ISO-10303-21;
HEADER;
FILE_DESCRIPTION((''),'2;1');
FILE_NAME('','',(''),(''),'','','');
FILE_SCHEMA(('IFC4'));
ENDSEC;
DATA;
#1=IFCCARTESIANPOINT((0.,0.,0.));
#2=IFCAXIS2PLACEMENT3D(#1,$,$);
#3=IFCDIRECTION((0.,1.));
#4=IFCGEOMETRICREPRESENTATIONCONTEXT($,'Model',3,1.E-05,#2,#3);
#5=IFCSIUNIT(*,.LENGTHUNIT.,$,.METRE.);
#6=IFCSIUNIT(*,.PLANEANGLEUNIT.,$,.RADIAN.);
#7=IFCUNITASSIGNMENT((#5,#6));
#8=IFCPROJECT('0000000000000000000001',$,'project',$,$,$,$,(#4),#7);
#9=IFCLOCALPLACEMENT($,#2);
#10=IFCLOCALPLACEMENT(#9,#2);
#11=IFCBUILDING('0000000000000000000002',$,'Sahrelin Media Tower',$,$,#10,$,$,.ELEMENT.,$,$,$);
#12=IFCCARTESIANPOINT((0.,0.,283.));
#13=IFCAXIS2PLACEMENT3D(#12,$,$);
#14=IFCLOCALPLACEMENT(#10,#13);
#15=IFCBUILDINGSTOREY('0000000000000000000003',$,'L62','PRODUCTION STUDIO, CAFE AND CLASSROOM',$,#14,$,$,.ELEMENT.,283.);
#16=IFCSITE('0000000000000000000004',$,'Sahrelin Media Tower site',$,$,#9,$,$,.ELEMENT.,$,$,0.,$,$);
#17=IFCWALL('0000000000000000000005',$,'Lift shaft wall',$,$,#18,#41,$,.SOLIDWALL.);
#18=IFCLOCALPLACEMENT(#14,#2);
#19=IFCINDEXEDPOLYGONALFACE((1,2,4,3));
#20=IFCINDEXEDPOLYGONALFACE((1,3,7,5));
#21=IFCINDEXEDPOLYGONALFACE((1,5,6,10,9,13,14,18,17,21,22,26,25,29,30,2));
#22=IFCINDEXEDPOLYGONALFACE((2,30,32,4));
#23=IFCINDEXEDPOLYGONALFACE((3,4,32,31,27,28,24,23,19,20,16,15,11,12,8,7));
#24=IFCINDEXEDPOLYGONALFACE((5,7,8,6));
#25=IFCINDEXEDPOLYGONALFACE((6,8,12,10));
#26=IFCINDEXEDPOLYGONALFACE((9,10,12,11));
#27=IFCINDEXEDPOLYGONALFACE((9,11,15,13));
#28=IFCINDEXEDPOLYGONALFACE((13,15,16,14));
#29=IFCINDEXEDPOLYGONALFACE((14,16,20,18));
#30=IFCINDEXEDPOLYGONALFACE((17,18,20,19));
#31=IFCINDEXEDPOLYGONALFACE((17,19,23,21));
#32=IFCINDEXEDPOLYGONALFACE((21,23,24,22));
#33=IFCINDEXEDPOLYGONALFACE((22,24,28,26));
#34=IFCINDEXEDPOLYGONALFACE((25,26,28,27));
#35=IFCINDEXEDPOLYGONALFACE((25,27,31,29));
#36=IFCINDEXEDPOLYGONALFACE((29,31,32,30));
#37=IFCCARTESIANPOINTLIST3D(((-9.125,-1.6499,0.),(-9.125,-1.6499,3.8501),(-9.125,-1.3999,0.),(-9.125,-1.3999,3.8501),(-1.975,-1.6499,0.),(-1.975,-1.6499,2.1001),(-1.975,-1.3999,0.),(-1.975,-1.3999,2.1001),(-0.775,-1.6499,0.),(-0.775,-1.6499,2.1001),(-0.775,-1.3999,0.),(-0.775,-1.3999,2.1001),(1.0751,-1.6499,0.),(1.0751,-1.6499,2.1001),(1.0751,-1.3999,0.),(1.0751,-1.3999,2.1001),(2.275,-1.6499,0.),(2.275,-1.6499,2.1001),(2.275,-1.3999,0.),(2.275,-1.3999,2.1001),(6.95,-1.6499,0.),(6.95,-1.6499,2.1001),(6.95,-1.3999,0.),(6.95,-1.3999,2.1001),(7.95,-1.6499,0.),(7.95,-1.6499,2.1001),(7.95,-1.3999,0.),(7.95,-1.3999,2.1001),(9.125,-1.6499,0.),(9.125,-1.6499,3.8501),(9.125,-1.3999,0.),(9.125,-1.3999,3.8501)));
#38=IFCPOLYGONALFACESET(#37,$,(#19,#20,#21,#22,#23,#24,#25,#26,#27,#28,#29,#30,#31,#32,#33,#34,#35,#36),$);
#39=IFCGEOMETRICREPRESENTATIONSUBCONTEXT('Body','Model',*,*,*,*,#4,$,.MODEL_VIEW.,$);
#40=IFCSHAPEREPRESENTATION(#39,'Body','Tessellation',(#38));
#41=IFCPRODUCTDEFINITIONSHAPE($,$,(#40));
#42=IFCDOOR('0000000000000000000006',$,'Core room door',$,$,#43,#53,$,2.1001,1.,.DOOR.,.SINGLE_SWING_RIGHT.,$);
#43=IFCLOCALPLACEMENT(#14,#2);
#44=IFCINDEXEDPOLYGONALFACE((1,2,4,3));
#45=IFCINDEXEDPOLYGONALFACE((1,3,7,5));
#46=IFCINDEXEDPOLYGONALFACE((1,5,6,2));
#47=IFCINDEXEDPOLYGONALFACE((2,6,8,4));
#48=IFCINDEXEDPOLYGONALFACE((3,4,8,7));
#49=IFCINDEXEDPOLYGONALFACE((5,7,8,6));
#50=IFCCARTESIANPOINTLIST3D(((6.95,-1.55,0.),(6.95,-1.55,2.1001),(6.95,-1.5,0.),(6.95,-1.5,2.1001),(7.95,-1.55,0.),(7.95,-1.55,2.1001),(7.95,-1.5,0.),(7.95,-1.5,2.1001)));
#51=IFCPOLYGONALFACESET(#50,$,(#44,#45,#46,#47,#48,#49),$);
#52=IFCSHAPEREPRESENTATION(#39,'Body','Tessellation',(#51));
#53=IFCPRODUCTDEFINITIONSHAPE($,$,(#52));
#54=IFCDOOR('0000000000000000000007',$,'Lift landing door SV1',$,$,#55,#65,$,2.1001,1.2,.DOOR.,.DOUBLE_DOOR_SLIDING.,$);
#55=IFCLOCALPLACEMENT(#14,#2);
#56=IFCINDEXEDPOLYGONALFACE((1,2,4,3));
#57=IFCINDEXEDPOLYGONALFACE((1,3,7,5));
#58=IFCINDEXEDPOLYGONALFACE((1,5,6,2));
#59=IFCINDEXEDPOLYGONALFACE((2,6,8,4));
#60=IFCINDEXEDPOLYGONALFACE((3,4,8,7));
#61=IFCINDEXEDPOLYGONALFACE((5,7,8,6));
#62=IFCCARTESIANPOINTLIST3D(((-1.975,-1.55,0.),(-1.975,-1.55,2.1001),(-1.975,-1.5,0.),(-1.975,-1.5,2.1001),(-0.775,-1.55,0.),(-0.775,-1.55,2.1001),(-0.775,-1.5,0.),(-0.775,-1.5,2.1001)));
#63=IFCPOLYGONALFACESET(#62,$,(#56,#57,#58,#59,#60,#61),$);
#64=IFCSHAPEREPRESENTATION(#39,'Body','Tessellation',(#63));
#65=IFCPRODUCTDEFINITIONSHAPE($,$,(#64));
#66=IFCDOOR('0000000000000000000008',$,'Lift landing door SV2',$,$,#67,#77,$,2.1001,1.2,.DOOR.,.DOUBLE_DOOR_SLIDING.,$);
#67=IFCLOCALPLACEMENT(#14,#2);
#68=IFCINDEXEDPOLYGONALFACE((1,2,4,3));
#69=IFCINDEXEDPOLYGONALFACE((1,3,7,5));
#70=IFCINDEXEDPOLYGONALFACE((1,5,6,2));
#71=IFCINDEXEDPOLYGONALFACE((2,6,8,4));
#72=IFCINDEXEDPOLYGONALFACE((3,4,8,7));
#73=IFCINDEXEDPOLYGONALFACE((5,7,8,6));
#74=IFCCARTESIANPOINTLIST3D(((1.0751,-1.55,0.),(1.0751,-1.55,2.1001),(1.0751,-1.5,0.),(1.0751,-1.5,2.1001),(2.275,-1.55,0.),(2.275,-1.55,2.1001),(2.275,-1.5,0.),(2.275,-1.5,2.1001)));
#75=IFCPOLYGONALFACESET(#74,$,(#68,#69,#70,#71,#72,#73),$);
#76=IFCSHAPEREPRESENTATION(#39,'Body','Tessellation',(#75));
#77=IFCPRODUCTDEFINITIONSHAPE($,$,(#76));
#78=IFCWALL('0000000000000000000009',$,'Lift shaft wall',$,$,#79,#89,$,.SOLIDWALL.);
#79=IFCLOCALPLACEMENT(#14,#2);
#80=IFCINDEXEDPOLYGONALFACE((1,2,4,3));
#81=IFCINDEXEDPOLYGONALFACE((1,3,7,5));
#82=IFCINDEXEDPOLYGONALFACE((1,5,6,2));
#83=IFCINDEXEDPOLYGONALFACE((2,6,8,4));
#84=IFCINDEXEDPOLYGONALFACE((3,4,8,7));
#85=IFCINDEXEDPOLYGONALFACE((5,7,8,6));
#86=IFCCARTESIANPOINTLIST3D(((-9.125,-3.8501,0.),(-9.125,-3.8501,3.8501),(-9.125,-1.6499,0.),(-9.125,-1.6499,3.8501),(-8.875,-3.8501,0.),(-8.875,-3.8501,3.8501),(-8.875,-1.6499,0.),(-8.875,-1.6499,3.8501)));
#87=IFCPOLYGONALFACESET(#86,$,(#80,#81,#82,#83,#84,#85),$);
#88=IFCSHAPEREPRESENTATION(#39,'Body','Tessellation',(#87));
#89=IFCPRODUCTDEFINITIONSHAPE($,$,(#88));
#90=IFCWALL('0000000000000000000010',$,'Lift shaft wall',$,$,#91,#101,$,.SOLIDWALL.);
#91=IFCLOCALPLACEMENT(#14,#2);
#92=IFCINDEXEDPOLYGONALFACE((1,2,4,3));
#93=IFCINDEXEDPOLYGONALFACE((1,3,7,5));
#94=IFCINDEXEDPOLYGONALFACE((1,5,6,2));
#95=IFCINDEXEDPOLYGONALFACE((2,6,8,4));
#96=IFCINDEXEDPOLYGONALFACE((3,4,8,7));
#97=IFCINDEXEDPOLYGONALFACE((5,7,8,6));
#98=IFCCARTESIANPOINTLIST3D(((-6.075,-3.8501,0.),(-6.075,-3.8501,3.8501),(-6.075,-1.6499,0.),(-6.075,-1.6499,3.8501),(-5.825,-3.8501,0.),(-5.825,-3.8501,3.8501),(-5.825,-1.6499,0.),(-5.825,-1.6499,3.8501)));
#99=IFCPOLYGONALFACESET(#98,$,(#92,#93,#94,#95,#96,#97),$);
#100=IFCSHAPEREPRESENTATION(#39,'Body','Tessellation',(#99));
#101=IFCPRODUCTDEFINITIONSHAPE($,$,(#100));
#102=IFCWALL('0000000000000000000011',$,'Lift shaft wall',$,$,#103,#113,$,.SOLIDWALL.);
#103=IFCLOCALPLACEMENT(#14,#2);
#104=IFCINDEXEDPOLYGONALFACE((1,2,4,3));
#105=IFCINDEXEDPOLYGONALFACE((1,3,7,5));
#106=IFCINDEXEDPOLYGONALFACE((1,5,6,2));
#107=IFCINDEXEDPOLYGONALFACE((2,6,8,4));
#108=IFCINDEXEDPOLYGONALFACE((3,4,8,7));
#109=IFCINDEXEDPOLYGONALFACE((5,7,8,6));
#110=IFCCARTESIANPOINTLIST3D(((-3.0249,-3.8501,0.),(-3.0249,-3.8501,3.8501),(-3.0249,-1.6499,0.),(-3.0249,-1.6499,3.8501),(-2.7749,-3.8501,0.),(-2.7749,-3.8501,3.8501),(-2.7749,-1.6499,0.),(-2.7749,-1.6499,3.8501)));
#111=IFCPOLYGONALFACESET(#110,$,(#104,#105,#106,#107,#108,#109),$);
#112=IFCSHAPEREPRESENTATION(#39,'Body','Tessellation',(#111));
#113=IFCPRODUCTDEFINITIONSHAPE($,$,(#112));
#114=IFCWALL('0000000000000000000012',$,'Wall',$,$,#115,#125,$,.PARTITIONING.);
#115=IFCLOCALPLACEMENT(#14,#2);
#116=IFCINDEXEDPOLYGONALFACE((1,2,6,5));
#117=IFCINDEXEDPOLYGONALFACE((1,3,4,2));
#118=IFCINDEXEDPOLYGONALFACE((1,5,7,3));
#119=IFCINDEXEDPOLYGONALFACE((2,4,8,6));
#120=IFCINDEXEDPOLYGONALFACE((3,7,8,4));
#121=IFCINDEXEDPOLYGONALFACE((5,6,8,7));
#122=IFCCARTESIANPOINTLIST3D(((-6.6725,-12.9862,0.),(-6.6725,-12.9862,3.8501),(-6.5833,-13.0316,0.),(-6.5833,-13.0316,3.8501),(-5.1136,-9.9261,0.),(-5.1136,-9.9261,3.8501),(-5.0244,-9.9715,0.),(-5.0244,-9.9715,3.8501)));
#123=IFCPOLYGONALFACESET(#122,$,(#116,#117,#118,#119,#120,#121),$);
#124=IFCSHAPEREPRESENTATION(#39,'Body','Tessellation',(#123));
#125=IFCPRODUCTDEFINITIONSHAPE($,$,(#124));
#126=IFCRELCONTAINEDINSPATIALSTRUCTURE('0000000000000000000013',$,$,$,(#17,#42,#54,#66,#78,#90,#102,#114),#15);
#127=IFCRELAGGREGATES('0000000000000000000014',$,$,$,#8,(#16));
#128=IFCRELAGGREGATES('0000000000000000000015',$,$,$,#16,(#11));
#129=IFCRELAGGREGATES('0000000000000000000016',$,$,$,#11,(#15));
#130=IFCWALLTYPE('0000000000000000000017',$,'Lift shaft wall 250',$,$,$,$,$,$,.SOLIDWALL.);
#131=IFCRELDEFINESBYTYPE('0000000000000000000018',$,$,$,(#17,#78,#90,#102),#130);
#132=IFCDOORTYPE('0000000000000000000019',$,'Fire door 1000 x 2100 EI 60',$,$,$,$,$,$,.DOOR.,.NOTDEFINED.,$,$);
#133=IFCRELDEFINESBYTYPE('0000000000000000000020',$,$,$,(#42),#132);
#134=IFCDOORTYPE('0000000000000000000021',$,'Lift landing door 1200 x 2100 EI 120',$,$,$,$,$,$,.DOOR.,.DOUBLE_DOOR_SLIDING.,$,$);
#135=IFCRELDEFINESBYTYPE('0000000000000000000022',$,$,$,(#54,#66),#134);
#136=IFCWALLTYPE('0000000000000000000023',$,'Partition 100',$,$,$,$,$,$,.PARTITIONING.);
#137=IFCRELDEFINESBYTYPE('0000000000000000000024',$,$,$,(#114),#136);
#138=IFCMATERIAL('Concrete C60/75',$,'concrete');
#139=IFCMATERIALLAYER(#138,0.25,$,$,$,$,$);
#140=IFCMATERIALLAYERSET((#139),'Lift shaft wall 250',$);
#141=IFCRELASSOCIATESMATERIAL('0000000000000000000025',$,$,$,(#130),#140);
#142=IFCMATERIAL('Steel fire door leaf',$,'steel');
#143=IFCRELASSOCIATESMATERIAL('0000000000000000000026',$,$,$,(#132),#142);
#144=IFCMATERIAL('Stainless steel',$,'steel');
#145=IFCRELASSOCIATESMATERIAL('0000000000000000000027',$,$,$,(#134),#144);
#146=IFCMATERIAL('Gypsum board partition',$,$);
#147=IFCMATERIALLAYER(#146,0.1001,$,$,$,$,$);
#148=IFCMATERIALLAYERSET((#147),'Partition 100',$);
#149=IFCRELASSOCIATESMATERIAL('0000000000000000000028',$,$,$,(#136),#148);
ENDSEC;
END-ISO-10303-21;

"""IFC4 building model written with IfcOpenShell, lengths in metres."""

from ifc_helpers import new_model, si_unit, direction, frame, frame_2d, origin, place, context, subcontext, project, spatial, rectangle, extrude, material, layer, layer_set, type_object, element, fill, save


model = new_model("IFC4")

# Units and contexts
model_context = context("Model", 3, precision=1e-05, world=origin(), true_north=direction((0.0, 1.0)))
body_context = subcontext(model_context, "Body", "Model", "MODEL_VIEW")
ifc_project = project(units=[si_unit("LENGTHUNIT", "METRE"), si_unit("PLANEANGLEUNIT", "RADIAN")], contexts=[model_context])

# Site, building, storey
site_placement = place(None, origin())
site = spatial("IfcSite", under=ifc_project, at=site_placement, Name="Sahrelin Media Tower site", CompositionType="ELEMENT", RefElevation=0.0)
building_placement = place(site_placement, origin())
building = spatial("IfcBuilding", under=site, at=building_placement, Name="Sahrelin Media Tower", CompositionType="ELEMENT")
storey_placement = place(building_placement, frame((0.0, 0.0, 283.0)))
storey = spatial("IfcBuildingStorey", under=building, at=storey_placement, Name="L62", Description="PRODUCTION STUDIO, CAFE AND CLASSROOM", CompositionType="ELEMENT", Elevation=283.0)

# Shared definitions
ifc_material_1 = material(Name="Steel fire door leaf", Category="steel")

# Wall, openings, doors
ifc_material_2 = material(Name="Concrete C60/75", Category="concrete")
ifc_layer_1 = layer(ifc_material_2, 0.25)
ifc_layer_set_1 = layer_set([ifc_layer_1], Name="Lift shaft wall 250")
wall_type_1 = type_object("IfcWallType", Name="Lift shaft wall 250", PredefinedType="SOLIDWALL", material=ifc_layer_set_1)
wall_1_placement = place(storey_placement, frame((-9.125, -1.5249, 0.0), z_axis=(0.0, 0.0, 1.0), x_axis=(1.0, 0.0, 0.0)))
wall_1 = element("IfcWall", 1, at=wall_1_placement, inside=storey, type_object=wall_type_1, Name="Lift shaft wall", PredefinedType="SOLIDWALL", context=body_context, shape_type="SweptSolid", body=[
    extrude(rectangle(XDim=18.25, YDim=0.25, at=frame_2d((9.125, 0.0))), origin(), (0.0, 0.0, 1.0), 3.8501),
])
opening_1_placement = place(wall_1_placement, frame((7.1499, 0.0, 0.0)))
opening_1 = element("IfcOpeningElement", 2, at=opening_1_placement, cuts=wall_1, PredefinedType="OPENING", context=body_context, shape_type="SweptSolid", body=[
    extrude(rectangle(XDim=1.2, YDim=2.1001, at=frame_2d((0.6001, 1.05))), frame((0.0, 0.125, 0.0), z_axis=(0.0, -1.0, 0.0), x_axis=(1.0, 0.0, 0.0)), (0.0, 0.0, 1.0), 0.25),
])
opening_2_placement = place(wall_1_placement, frame((10.2, 0.0, 0.0)))
opening_2 = element("IfcOpeningElement", 3, at=opening_2_placement, cuts=wall_1, PredefinedType="OPENING", context=body_context, shape_type="SweptSolid", body=[
    extrude(rectangle(XDim=1.2, YDim=2.1001, at=frame_2d((0.6001, 1.05))), frame((0.0, 0.125, 0.0), z_axis=(0.0, -1.0, 0.0), x_axis=(1.0, 0.0, 0.0)), (0.0, 0.0, 1.0), 0.25),
])
opening_3_placement = place(wall_1_placement, frame((16.075, 0.0, 0.0)))
opening_3 = element("IfcOpeningElement", 4, at=opening_3_placement, cuts=wall_1, PredefinedType="OPENING", context=body_context, shape_type="SweptSolid", body=[
    extrude(rectangle(XDim=1.0, YDim=2.1001, at=frame_2d((0.5, 1.05))), frame((0.0, 0.125, 0.0), z_axis=(0.0, -1.0, 0.0), x_axis=(1.0, 0.0, 0.0)), (0.0, 0.0, 1.0), 0.25),
])
door_type_1 = type_object("IfcDoorType", Name="Fire door 1000 x 2100 EI 60", OperationType="NOTDEFINED", PredefinedType="DOOR", material=ifc_material_1)
door_1_placement = place(opening_3_placement, origin())
door_1 = element("IfcDoor", 5, at=door_1_placement, inside=storey, type_object=door_type_1, Name="Core room door", OperationType="SINGLE_SWING_RIGHT", OverallHeight=2.1001, OverallWidth=1.0, PredefinedType="DOOR", context=body_context, shape_type="SweptSolid", body=[
    extrude(rectangle(XDim=1.0, YDim=2.1001, at=frame_2d((0.5, 1.05))), frame((0.0, 0.0249, 0.0), z_axis=(0.0, -1.0, 0.0), x_axis=(1.0, 0.0, 0.0)), (0.0, 0.0, 1.0), 0.05),
])
fill(opening_3, door_1)
ifc_material_3 = material(Name="Stainless steel", Category="steel")
door_type_2 = type_object("IfcDoorType", Name="Lift landing door 1200 x 2100 EI 120", OperationType="DOUBLE_DOOR_SLIDING", PredefinedType="DOOR", material=ifc_material_3)
door_2_placement = place(opening_1_placement, origin())
door_2 = element("IfcDoor", 6, at=door_2_placement, inside=storey, type_object=door_type_2, Name="Lift landing door SV1", OperationType="DOUBLE_DOOR_SLIDING", OverallHeight=2.1001, OverallWidth=1.2, PredefinedType="DOOR", context=body_context, shape_type="SweptSolid", body=[
    extrude(rectangle(XDim=1.2, YDim=2.1001, at=frame_2d((0.6001, 1.05))), frame((0.0, 0.0249, 0.0), z_axis=(0.0, -1.0, 0.0), x_axis=(1.0, 0.0, 0.0)), (0.0, 0.0, 1.0), 0.05),
])
fill(opening_1, door_2)
door_3_placement = place(opening_2_placement, origin())
door_3 = element("IfcDoor", 7, at=door_3_placement, inside=storey, type_object=door_type_2, Name="Lift landing door SV2", OperationType="DOUBLE_DOOR_SLIDING", OverallHeight=2.1001, OverallWidth=1.2, PredefinedType="DOOR", context=body_context, shape_type="SweptSolid", body=[
    extrude(rectangle(XDim=1.2, YDim=2.1001, at=frame_2d((0.6001, 1.05))), frame((0.0, 0.0249, 0.0), z_axis=(0.0, -1.0, 0.0), x_axis=(1.0, 0.0, 0.0)), (0.0, 0.0, 1.0), 0.05),
])
fill(opening_2, door_3)

# Walls
for number, where, z_axis, x_axis, name in (
    (8, (-9.0, -3.8501, 0.0), (0.0, 0.0, 1.0), (0.0, 1.0, 0.0), "Lift shaft wall"),
    (9, (-5.95, -3.8501, 0.0), (0.0, 0.0, 1.0), (0.0, 1.0, 0.0), "Lift shaft wall"),
    (10, (-2.8999, -3.8501, 0.0), (0.0, 0.0, 1.0), (0.0, 1.0, 0.0), "Lift shaft wall"),
):
    element("IfcWall", number, at=place(storey_placement, frame(where, z_axis=z_axis, x_axis=x_axis)), inside=storey, type_object=wall_type_1, Name=name, PredefinedType="SOLIDWALL", context=body_context, shape_type="SweptSolid", body=[
        extrude(rectangle(XDim=2.2002, YDim=0.25, at=frame_2d((1.1001, 0.0))), origin(), (0.0, 0.0, 1.0), 3.8501),
    ])
ifc_material_4 = material(Name="Gypsum board partition")
ifc_layer_2 = layer(ifc_material_4, 0.1001)
ifc_layer_set_2 = layer_set([ifc_layer_2], Name="Partition 100")
wall_type_2 = type_object("IfcWallType", Name="Partition 100", PredefinedType="PARTITIONING", material=ifc_layer_set_2)
wall_2_placement = place(storey_placement, frame((-6.6279, -13.009, 0.0), z_axis=(0.0, 0.0, 1.0), x_axis=(0.453912, 0.891047, 0.0)))
element("IfcWall", 11, at=wall_2_placement, inside=storey, type_object=wall_type_2, Name="Wall", PredefinedType="PARTITIONING", context=body_context, shape_type="SweptSolid", body=[
    extrude(rectangle(XDim=3.4343, YDim=0.1001, at=frame_2d((1.7173, 0.0))), origin(), (0.0, 0.0, 1.0), 3.8501),
])

save(model, "model.ifc")
